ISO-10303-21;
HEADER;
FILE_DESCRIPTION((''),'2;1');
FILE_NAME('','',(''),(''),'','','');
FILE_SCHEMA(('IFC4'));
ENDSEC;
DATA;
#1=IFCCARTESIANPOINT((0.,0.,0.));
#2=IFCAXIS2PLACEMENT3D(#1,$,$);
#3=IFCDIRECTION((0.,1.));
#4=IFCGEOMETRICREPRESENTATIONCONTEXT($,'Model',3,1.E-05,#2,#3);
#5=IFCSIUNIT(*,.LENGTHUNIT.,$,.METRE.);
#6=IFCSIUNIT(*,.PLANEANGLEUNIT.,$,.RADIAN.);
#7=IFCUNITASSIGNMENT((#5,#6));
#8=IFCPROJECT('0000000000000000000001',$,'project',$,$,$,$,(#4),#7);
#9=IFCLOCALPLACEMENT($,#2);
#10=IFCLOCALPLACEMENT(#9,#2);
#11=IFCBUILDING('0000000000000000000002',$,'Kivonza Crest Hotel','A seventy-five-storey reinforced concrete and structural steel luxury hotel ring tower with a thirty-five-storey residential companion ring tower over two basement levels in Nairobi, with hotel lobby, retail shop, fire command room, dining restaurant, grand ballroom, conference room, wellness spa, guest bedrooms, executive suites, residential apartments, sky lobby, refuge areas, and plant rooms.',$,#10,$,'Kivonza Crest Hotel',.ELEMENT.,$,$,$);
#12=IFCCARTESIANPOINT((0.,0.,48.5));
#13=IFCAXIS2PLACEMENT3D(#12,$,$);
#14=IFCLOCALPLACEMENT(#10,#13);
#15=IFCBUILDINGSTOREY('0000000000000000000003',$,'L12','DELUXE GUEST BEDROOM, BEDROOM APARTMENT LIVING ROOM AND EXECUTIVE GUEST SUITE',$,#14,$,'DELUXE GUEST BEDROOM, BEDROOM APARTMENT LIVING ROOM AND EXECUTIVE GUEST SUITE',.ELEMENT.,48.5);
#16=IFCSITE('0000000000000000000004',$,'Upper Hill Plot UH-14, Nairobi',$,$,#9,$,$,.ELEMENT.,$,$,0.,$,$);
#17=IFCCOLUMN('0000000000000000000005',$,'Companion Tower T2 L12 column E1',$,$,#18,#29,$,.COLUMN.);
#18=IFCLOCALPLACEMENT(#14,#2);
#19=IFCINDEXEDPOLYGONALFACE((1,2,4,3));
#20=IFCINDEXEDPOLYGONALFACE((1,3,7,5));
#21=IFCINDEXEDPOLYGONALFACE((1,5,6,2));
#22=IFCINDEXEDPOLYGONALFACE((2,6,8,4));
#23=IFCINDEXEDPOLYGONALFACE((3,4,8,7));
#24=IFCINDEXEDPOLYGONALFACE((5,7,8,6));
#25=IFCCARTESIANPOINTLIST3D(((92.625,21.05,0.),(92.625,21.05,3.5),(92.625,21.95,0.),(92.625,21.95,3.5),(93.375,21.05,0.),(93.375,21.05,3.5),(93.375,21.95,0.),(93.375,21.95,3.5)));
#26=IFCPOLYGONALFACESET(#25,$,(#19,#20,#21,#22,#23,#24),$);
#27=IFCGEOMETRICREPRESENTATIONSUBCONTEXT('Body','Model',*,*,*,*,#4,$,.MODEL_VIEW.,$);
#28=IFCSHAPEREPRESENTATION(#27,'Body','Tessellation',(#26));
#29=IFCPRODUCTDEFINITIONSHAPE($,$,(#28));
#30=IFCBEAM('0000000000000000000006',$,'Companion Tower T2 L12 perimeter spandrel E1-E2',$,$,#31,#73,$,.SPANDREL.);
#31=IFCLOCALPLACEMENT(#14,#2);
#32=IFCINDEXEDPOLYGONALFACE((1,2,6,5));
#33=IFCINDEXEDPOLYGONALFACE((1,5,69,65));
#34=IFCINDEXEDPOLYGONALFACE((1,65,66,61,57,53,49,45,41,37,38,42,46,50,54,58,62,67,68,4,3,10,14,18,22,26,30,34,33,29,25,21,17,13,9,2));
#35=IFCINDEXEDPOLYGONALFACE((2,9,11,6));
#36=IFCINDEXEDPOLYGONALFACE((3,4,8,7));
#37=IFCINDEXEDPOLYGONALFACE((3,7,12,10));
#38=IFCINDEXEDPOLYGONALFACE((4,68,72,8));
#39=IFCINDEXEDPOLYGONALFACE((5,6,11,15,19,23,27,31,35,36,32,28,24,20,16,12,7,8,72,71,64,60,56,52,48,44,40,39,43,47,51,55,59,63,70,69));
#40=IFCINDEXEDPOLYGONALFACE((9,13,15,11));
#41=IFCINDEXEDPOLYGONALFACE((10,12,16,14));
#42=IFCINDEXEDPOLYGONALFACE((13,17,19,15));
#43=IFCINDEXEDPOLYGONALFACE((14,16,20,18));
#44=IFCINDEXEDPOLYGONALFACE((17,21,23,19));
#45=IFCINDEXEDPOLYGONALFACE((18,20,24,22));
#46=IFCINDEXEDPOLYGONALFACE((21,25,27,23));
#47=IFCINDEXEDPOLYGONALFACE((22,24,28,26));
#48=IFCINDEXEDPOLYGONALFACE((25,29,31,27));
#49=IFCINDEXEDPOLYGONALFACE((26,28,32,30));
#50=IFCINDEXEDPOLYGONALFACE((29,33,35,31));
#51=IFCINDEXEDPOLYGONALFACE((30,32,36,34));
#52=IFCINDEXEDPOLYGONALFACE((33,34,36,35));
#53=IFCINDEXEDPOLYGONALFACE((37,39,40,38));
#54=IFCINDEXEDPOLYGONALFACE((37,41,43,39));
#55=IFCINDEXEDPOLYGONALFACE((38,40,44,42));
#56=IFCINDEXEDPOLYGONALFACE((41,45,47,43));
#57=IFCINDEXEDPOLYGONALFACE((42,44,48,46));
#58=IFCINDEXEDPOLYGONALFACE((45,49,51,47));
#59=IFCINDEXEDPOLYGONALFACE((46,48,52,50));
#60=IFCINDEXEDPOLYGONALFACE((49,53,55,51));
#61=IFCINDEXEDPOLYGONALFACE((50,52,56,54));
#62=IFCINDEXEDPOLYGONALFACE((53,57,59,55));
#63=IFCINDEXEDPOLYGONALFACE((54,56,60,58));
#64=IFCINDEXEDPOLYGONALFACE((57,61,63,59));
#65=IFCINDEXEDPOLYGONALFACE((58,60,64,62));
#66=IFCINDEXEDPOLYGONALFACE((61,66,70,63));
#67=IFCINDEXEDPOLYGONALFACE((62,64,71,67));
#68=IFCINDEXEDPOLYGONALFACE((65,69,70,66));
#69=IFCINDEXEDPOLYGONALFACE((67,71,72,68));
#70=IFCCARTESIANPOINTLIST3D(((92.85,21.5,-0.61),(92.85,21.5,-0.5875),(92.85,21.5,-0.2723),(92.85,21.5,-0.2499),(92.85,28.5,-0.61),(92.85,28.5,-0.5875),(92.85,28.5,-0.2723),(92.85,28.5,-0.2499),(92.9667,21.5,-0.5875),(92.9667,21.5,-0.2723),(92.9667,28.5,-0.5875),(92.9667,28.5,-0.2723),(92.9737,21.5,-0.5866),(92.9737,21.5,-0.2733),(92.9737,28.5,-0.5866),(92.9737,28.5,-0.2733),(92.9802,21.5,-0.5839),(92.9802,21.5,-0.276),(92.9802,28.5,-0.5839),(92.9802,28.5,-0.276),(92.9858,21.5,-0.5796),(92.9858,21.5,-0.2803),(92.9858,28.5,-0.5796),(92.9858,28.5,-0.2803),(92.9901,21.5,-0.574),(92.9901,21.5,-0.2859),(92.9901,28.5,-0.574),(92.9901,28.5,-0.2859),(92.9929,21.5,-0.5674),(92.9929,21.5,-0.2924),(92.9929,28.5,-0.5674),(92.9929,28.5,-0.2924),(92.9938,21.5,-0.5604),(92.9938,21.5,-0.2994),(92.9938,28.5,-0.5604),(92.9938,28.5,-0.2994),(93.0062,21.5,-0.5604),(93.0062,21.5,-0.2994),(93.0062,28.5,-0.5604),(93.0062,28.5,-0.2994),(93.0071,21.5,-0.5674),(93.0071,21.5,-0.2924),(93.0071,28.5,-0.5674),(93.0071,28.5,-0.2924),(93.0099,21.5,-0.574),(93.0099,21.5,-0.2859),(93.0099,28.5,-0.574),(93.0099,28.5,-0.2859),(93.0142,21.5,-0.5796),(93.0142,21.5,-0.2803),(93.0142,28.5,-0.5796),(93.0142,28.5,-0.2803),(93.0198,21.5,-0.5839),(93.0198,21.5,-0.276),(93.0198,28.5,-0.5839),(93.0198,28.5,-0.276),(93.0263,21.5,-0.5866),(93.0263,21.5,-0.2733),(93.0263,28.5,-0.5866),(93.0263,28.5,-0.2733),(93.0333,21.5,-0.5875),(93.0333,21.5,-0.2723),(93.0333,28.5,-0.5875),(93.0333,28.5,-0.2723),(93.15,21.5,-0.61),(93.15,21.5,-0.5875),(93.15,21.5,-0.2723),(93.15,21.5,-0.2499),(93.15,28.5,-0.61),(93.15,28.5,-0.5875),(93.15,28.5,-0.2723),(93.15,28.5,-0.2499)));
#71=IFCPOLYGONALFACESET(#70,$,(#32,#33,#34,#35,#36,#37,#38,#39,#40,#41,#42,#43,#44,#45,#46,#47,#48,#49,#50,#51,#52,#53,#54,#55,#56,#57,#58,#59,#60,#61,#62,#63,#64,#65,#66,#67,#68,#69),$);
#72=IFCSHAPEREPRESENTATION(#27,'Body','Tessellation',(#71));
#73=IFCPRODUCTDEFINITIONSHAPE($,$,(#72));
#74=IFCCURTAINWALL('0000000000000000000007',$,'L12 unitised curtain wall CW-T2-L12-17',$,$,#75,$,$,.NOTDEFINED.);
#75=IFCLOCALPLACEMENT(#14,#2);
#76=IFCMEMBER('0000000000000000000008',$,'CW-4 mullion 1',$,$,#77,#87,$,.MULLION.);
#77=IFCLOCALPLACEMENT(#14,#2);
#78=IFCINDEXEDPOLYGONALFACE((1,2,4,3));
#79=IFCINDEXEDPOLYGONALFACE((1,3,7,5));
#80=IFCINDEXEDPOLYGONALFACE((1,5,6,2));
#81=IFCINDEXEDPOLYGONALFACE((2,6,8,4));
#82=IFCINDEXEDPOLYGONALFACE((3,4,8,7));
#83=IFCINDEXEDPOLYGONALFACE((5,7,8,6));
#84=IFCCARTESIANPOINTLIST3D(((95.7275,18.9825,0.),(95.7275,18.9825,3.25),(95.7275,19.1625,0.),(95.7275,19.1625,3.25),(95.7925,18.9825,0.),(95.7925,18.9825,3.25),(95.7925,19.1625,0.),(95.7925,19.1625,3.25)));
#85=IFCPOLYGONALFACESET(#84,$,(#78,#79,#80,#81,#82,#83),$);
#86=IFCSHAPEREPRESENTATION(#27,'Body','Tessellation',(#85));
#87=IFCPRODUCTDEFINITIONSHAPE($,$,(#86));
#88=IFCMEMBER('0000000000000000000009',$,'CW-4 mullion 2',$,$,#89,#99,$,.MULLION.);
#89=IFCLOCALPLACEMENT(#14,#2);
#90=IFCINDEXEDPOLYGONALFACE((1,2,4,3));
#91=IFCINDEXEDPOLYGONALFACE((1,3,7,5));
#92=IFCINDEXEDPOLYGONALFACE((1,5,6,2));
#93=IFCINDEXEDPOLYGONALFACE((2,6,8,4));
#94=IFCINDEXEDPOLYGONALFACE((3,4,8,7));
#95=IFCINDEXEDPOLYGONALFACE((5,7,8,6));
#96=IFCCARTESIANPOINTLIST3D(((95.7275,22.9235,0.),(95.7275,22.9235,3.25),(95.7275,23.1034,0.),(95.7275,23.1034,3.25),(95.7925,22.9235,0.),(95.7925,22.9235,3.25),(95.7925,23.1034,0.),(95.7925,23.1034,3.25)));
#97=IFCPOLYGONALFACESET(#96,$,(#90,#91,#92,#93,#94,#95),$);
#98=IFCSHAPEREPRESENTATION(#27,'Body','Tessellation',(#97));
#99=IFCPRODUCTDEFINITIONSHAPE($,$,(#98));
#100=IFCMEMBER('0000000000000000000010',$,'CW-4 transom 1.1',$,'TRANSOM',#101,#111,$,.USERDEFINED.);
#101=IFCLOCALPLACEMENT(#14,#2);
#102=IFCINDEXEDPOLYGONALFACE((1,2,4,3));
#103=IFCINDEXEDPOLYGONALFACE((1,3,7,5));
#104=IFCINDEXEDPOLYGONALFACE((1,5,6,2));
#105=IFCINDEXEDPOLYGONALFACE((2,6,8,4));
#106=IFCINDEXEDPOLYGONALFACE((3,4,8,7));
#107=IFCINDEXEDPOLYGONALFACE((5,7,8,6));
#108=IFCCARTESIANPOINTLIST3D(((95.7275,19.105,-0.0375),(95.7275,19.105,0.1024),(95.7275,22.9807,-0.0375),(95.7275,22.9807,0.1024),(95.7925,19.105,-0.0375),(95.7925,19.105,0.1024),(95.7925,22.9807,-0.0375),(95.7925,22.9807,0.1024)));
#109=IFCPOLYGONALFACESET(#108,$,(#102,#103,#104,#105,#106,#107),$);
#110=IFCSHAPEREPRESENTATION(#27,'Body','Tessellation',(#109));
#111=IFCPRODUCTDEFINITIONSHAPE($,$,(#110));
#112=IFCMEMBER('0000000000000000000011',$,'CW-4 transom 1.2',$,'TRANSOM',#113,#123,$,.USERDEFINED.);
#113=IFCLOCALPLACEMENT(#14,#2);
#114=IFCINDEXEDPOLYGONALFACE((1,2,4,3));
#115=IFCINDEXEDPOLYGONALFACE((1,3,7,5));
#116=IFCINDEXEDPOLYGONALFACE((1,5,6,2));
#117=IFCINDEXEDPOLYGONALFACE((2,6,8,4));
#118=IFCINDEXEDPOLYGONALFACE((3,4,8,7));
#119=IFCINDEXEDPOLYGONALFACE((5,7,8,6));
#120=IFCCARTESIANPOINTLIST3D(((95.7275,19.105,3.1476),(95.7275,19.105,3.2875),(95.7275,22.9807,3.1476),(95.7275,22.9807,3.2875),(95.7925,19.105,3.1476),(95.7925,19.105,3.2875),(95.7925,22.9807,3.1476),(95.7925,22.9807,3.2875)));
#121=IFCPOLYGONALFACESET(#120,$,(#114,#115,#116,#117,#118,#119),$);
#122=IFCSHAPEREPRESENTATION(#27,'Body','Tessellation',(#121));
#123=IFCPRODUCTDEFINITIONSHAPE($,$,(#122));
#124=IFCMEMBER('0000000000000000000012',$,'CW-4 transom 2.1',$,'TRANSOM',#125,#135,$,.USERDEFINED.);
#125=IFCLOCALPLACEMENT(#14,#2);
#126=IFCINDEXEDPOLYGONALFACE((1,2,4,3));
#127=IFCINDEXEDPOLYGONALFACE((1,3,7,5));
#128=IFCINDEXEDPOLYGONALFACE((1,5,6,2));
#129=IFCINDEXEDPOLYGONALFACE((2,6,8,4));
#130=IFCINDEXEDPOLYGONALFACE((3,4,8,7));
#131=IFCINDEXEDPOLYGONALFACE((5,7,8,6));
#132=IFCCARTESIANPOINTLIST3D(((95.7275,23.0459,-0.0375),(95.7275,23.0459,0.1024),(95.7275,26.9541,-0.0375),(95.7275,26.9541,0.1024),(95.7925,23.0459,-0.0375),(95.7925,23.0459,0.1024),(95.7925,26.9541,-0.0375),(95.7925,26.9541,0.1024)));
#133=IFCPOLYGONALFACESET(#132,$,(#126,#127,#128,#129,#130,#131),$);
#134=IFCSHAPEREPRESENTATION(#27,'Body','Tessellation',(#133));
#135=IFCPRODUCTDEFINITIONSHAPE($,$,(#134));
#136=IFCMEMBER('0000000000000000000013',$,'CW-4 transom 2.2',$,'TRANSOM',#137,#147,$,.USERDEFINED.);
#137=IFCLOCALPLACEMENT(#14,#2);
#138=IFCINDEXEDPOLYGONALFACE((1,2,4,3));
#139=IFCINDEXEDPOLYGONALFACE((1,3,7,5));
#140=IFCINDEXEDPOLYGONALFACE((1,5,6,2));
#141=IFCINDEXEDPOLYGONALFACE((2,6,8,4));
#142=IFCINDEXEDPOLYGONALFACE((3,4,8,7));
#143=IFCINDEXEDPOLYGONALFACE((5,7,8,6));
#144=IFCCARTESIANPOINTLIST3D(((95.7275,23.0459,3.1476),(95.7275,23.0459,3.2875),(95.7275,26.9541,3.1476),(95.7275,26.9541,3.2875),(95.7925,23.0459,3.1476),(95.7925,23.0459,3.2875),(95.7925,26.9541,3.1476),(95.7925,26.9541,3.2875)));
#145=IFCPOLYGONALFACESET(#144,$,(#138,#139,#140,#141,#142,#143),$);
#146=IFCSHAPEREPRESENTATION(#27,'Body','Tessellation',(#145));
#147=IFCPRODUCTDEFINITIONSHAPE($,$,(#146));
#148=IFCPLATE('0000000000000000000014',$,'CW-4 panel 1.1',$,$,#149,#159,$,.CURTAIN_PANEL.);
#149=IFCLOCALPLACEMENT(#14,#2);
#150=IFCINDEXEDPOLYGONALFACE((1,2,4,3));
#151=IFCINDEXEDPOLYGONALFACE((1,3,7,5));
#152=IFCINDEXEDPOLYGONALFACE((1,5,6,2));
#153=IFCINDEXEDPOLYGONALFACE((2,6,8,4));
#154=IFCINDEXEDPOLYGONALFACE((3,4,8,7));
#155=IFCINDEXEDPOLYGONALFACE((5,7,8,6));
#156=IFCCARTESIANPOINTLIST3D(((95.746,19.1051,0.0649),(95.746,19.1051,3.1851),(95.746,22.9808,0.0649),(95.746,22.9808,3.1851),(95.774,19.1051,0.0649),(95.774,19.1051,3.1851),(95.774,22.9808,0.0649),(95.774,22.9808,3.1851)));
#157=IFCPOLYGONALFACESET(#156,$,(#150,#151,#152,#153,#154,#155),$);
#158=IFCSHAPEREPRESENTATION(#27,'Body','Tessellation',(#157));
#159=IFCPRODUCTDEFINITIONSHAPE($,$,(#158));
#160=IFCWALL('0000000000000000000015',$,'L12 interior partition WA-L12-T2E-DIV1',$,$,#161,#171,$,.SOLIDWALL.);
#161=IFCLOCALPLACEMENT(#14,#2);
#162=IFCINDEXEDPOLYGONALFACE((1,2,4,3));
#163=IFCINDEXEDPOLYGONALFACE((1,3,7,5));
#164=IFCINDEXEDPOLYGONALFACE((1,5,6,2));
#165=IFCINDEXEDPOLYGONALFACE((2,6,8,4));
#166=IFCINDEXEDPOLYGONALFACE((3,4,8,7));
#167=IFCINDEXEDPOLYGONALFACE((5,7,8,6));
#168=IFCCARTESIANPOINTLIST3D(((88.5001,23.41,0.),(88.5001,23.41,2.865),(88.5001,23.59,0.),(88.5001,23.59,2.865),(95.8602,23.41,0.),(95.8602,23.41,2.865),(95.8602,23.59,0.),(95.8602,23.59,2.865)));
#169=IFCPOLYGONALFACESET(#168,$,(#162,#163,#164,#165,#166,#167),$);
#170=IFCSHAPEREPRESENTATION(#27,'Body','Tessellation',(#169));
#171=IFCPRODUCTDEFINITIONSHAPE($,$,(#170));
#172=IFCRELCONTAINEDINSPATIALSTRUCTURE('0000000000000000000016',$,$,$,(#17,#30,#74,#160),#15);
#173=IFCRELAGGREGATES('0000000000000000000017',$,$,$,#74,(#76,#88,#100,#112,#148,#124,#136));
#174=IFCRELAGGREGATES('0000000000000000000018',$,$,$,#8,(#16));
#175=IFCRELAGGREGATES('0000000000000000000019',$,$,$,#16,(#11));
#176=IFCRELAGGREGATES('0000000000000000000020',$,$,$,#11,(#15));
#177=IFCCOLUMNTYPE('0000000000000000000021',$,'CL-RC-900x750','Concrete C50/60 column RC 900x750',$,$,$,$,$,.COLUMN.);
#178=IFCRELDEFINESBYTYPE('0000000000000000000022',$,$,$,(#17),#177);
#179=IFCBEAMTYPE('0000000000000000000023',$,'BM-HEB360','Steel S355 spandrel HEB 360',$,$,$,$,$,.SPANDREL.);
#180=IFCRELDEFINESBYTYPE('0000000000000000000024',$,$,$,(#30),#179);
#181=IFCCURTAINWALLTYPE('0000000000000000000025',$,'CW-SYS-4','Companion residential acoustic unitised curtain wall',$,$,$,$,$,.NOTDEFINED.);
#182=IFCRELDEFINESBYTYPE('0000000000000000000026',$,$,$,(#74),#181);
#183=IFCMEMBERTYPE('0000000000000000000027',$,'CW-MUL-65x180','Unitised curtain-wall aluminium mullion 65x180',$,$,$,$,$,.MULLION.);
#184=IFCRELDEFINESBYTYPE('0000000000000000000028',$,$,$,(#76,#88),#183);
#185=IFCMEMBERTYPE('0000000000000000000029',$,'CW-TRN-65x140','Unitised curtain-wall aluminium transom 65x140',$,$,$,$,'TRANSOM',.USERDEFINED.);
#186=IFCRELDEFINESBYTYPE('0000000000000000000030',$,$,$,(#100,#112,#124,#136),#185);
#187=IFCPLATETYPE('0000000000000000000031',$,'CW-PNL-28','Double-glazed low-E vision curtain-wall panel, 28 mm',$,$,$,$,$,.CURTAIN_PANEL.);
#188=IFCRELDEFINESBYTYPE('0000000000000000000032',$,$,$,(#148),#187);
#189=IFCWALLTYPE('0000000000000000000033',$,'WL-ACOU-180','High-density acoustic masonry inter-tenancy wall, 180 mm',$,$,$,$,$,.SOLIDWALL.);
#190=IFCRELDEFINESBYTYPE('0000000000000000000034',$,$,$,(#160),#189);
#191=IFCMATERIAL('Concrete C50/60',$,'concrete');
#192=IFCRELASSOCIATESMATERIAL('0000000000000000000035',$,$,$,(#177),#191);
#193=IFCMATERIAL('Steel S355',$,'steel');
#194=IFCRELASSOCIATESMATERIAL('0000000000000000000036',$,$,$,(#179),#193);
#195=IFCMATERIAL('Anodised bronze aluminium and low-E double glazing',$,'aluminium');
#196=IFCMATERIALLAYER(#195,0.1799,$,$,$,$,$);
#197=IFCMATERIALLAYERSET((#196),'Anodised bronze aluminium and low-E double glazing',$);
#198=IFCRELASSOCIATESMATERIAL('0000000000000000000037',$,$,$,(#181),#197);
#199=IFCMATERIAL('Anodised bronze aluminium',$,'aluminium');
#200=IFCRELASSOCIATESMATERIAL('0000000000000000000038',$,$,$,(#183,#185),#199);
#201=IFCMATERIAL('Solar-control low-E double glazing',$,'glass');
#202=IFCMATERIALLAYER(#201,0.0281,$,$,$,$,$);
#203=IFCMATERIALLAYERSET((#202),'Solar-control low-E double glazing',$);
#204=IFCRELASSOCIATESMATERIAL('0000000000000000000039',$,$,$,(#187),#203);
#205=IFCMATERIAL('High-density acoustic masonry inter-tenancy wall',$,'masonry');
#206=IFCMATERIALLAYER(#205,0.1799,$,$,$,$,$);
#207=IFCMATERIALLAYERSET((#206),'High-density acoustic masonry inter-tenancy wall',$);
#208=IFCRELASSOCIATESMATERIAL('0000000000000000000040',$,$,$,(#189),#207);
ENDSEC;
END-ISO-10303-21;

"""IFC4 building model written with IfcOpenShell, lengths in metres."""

from ifc_helpers import new_model, si_unit, direction, frame, frame_2d, origin, origin_2d, place, context, subcontext, project, spatial, rectangle, i_section, extrude, material, layer, layer_set, material_profile, profile_set, type_object, element, aggregate, save


model = new_model("IFC4")

# Units and contexts
model_context = context("Model", 3, precision=1e-05, world=origin(), true_north=direction((0.0, 1.0)))
body_context = subcontext(model_context, "Body", "Model", "MODEL_VIEW")
ifc_project = project(units=[si_unit("LENGTHUNIT", "METRE"), si_unit("PLANEANGLEUNIT", "RADIAN")], contexts=[model_context])

# Site, building, storey
site_placement = place(None, origin())
site = spatial("IfcSite", under=ifc_project, at=site_placement, Name="Upper Hill Plot UH-14, Nairobi", CompositionType="ELEMENT", RefElevation=0.0)
building_placement = place(site_placement, origin())
building = spatial("IfcBuilding", under=site, at=building_placement, Name="Kivonza Crest Hotel", Description="A seventy-five-storey reinforced concrete and structural steel luxury hotel ring tower with a thirty-five-storey residential companion ring tower over two basement levels in Nairobi, with hotel lobby, retail shop, fire command room, dining restaurant, grand ballroom, conference room, wellness spa, guest bedrooms, executive suites, residential apartments, sky lobby, refuge areas, and plant rooms.", LongName="Kivonza Crest Hotel", CompositionType="ELEMENT")
storey_placement = place(building_placement, frame((0.0, 0.0, 48.5)))
storey = spatial("IfcBuildingStorey", under=building, at=storey_placement, Name="L12", Description="DELUXE GUEST BEDROOM, BEDROOM APARTMENT LIVING ROOM AND EXECUTIVE GUEST SUITE", LongName="DELUXE GUEST BEDROOM, BEDROOM APARTMENT LIVING ROOM AND EXECUTIVE GUEST SUITE", CompositionType="ELEMENT", Elevation=48.5)

# Column
ifc_material_1 = material(Name="Concrete C50/60", Category="concrete")
ifc_material_profile_1 = material_profile(ifc_material_1, rectangle(XDim=0.75, YDim=0.8999, at=origin_2d()), Name="RC 900x750")
ifc_profile_set_1 = profile_set([ifc_material_profile_1], Name="Concrete C50/60")
column_type = type_object("IfcColumnType", Name="CL-RC-900x750", Description="Concrete C50/60 column RC 900x750", PredefinedType="COLUMN", material=ifc_profile_set_1)
column_placement = place(storey_placement, frame((93.0, 21.5, 0.0), z_axis=(0.0, 0.0, 1.0), x_axis=(1.0, 0.0, 0.0)))
element("IfcColumn", 1, at=column_placement, inside=storey, type_object=column_type, Name="Companion Tower T2 L12 column E1", PredefinedType="COLUMN", context=body_context, shape_type="SweptSolid", body=[
    extrude(rectangle(XDim=0.75, YDim=0.8999, at=origin_2d()), origin(), (0.0, 0.0, 1.0), 3.5),
])

# Beam
ifc_material_2 = material(Name="Steel S355", Category="steel")
ifc_material_profile_2 = material_profile(ifc_material_2, i_section(OverallWidth=0.3, OverallDepth=0.3601, WebThickness=0.0125, FlangeThickness=0.0225, FilletRadius=0.0271, at=origin_2d()), Name="HEB 360")
ifc_profile_set_2 = profile_set([ifc_material_profile_2], Name="Steel S355")
beam_type = type_object("IfcBeamType", Name="BM-HEB360", Description="Steel S355 spandrel HEB 360", PredefinedType="SPANDREL", material=ifc_profile_set_2)
beam_placement = place(storey_placement, frame((93.0, 21.5, -0.4299), z_axis=(0.0, 1.0, 0.0), x_axis=(-1.0, 0.0, 0.0)))
element("IfcBeam", 2, at=beam_placement, inside=storey, type_object=beam_type, Name="Companion Tower T2 L12 perimeter spandrel E1-E2", PredefinedType="SPANDREL", context=body_context, shape_type="SweptSolid", body=[
    extrude(i_section(OverallWidth=0.3, OverallDepth=0.3601, WebThickness=0.0125, FlangeThickness=0.0225, FilletRadius=0.0271, at=origin_2d()), origin(), (0.0, 0.0, 1.0), 7.0),
])

# Curtain wall, members, plate
ifc_material_3 = material(Name="Anodised bronze aluminium and low-E double glazing", Category="aluminium")
ifc_layer_1 = layer(ifc_material_3, 0.1799)
ifc_layer_set_1 = layer_set([ifc_layer_1], Name="Anodised bronze aluminium and low-E double glazing")
curtain_wall_type = type_object("IfcCurtainWallType", Name="CW-SYS-4", Description="Companion residential acoustic unitised curtain wall", PredefinedType="NOTDEFINED", material=ifc_layer_set_1)
curtain_wall_placement = place(storey_placement, origin())
curtain_wall = element("IfcCurtainWall", 3, at=curtain_wall_placement, inside=storey, type_object=curtain_wall_type, Name="L12 unitised curtain wall CW-T2-L12-17", PredefinedType="NOTDEFINED")
ifc_material_4 = material(Name="Anodised bronze aluminium", Category="aluminium")
ifc_material_profile_3 = material_profile(ifc_material_4, rectangle(XDim=0.0649, YDim=0.1799, at=origin_2d()), Name="CW-M 65x180")
ifc_profile_set_3 = profile_set([ifc_material_profile_3], Name="Anodised bronze aluminium")
member_type_1 = type_object("IfcMemberType", Name="CW-MUL-65x180", Description="Unitised curtain-wall aluminium mullion 65x180", PredefinedType="MULLION", material=ifc_profile_set_3)
member_1_placement = place(storey_placement, frame((95.76, 19.0725, 0.0), z_axis=(0.0, 0.0, 1.0), x_axis=(-1.0, 0.0, 0.0)))
member_1 = element("IfcMember", 4, at=member_1_placement, type_object=member_type_1, Name="CW-4 mullion 1", PredefinedType="MULLION", context=body_context, shape_type="SweptSolid", body=[
    extrude(rectangle(XDim=0.0649, YDim=0.1799, at=origin_2d()), origin(), (0.0, 0.0, 1.0), 3.25),
])
member_2_placement = place(storey_placement, frame((95.76, 23.0134, 0.0), z_axis=(0.0, 0.0, 1.0), x_axis=(-1.0, 0.0, 0.0)))
member_2 = element("IfcMember", 5, at=member_2_placement, type_object=member_type_1, Name="CW-4 mullion 2", PredefinedType="MULLION", context=body_context, shape_type="SweptSolid", body=[
    extrude(rectangle(XDim=0.0649, YDim=0.1799, at=origin_2d()), origin(), (0.0, 0.0, 1.0), 3.25),
])
ifc_material_profile_4 = material_profile(ifc_material_4, rectangle(XDim=0.0649, YDim=0.1399, at=origin_2d()), Name="CW-T 65x140")
ifc_profile_set_4 = profile_set([ifc_material_profile_4], Name="Anodised bronze aluminium")
member_type_2 = type_object("IfcMemberType", Name="CW-TRN-65x140", Description="Unitised curtain-wall aluminium transom 65x140", ElementType="TRANSOM", PredefinedType="USERDEFINED", material=ifc_profile_set_4)
member_3_placement = place(storey_placement, frame((95.76, 19.105, 0.0325), z_axis=(0.0, 1.0, 0.0), x_axis=(-1.0, 0.0, 0.0)))
member_3 = element("IfcMember", 6, at=member_3_placement, type_object=member_type_2, Name="CW-4 transom 1.1", ObjectType="TRANSOM", PredefinedType="USERDEFINED", context=body_context, shape_type="SweptSolid", body=[
    extrude(rectangle(XDim=0.0649, YDim=0.1399, at=origin_2d()), origin(), (0.0, 0.0, 1.0), 3.8757),
])
member_4_placement = place(storey_placement, frame((95.76, 19.105, 3.2175), z_axis=(0.0, 1.0, 0.0), x_axis=(-1.0, 0.0, 0.0)))
member_4 = element("IfcMember", 7, at=member_4_placement, type_object=member_type_2, Name="CW-4 transom 1.2", ObjectType="TRANSOM", PredefinedType="USERDEFINED", context=body_context, shape_type="SweptSolid", body=[
    extrude(rectangle(XDim=0.0649, YDim=0.1399, at=origin_2d()), origin(), (0.0, 0.0, 1.0), 3.8757),
])
member_5_placement = place(storey_placement, frame((95.76, 23.0459, 0.0325), z_axis=(0.0, 1.0, 0.0), x_axis=(-1.0, 0.0, 0.0)))
member_5 = element("IfcMember", 8, at=member_5_placement, type_object=member_type_2, Name="CW-4 transom 2.1", ObjectType="TRANSOM", PredefinedType="USERDEFINED", context=body_context, shape_type="SweptSolid", body=[
    extrude(rectangle(XDim=0.0649, YDim=0.1399, at=origin_2d()), origin(), (0.0, 0.0, 1.0), 3.9082),
])
member_6_placement = place(storey_placement, frame((95.76, 23.0459, 3.2175), z_axis=(0.0, 1.0, 0.0), x_axis=(-1.0, 0.0, 0.0)))
member_6 = element("IfcMember", 9, at=member_6_placement, type_object=member_type_2, Name="CW-4 transom 2.2", ObjectType="TRANSOM", PredefinedType="USERDEFINED", context=body_context, shape_type="SweptSolid", body=[
    extrude(rectangle(XDim=0.0649, YDim=0.1399, at=origin_2d()), origin(), (0.0, 0.0, 1.0), 3.9082),
])
ifc_material_5 = material(Name="Solar-control low-E double glazing", Category="glass")
ifc_layer_2 = layer(ifc_material_5, 0.0281)
ifc_layer_set_2 = layer_set([ifc_layer_2], Name="Solar-control low-E double glazing")
plate_type = type_object("IfcPlateType", Name="CW-PNL-28", Description="Double-glazed low-E vision curtain-wall panel, 28 mm", PredefinedType="CURTAIN_PANEL", material=ifc_layer_set_2)
plate_placement = place(storey_placement, frame((95.76, 21.043, 0.0649), z_axis=(0.0, 0.0, 1.0), x_axis=(0.0, 1.0, 0.0)))
plate = element("IfcPlate", 10, at=plate_placement, type_object=plate_type, Name="CW-4 panel 1.1", PredefinedType="CURTAIN_PANEL", context=body_context, shape_type="SweptSolid", body=[
    extrude(rectangle(XDim=3.8757, YDim=0.0281, at=origin_2d()), origin(), (0.0, 0.0, 1.0), 3.1201),
])
aggregate(curtain_wall, [member_1, member_2, member_3, member_4, plate, member_5, member_6])

# Wall
ifc_material_6 = material(Name="High-density acoustic masonry inter-tenancy wall", Category="masonry")
ifc_layer_3 = layer(ifc_material_6, 0.1799)
ifc_layer_set_3 = layer_set([ifc_layer_3], Name="High-density acoustic masonry inter-tenancy wall")
wall_type_1 = type_object("IfcWallType", Name="WL-ACOU-180", Description="High-density acoustic masonry inter-tenancy wall, 180 mm", PredefinedType="SOLIDWALL", material=ifc_layer_set_3)
wall_1_placement = place(storey_placement, frame((88.5, 23.5, 0.0), z_axis=(0.0, 0.0, 1.0), x_axis=(1.0, 0.0, 0.0)))
element("IfcWall", 11, at=wall_1_placement, inside=storey, type_object=wall_type_1, Name="L12 interior partition WA-L12-T2E-DIV1", PredefinedType="SOLIDWALL", context=body_context, shape_type="SweptSolid", body=[
    extrude(rectangle(XDim=7.3601, YDim=0.1799, at=frame_2d((3.6802, 0.0))), origin(), (0.0, 0.0, 1.0), 2.865),
])

save(model, "model.ifc")
